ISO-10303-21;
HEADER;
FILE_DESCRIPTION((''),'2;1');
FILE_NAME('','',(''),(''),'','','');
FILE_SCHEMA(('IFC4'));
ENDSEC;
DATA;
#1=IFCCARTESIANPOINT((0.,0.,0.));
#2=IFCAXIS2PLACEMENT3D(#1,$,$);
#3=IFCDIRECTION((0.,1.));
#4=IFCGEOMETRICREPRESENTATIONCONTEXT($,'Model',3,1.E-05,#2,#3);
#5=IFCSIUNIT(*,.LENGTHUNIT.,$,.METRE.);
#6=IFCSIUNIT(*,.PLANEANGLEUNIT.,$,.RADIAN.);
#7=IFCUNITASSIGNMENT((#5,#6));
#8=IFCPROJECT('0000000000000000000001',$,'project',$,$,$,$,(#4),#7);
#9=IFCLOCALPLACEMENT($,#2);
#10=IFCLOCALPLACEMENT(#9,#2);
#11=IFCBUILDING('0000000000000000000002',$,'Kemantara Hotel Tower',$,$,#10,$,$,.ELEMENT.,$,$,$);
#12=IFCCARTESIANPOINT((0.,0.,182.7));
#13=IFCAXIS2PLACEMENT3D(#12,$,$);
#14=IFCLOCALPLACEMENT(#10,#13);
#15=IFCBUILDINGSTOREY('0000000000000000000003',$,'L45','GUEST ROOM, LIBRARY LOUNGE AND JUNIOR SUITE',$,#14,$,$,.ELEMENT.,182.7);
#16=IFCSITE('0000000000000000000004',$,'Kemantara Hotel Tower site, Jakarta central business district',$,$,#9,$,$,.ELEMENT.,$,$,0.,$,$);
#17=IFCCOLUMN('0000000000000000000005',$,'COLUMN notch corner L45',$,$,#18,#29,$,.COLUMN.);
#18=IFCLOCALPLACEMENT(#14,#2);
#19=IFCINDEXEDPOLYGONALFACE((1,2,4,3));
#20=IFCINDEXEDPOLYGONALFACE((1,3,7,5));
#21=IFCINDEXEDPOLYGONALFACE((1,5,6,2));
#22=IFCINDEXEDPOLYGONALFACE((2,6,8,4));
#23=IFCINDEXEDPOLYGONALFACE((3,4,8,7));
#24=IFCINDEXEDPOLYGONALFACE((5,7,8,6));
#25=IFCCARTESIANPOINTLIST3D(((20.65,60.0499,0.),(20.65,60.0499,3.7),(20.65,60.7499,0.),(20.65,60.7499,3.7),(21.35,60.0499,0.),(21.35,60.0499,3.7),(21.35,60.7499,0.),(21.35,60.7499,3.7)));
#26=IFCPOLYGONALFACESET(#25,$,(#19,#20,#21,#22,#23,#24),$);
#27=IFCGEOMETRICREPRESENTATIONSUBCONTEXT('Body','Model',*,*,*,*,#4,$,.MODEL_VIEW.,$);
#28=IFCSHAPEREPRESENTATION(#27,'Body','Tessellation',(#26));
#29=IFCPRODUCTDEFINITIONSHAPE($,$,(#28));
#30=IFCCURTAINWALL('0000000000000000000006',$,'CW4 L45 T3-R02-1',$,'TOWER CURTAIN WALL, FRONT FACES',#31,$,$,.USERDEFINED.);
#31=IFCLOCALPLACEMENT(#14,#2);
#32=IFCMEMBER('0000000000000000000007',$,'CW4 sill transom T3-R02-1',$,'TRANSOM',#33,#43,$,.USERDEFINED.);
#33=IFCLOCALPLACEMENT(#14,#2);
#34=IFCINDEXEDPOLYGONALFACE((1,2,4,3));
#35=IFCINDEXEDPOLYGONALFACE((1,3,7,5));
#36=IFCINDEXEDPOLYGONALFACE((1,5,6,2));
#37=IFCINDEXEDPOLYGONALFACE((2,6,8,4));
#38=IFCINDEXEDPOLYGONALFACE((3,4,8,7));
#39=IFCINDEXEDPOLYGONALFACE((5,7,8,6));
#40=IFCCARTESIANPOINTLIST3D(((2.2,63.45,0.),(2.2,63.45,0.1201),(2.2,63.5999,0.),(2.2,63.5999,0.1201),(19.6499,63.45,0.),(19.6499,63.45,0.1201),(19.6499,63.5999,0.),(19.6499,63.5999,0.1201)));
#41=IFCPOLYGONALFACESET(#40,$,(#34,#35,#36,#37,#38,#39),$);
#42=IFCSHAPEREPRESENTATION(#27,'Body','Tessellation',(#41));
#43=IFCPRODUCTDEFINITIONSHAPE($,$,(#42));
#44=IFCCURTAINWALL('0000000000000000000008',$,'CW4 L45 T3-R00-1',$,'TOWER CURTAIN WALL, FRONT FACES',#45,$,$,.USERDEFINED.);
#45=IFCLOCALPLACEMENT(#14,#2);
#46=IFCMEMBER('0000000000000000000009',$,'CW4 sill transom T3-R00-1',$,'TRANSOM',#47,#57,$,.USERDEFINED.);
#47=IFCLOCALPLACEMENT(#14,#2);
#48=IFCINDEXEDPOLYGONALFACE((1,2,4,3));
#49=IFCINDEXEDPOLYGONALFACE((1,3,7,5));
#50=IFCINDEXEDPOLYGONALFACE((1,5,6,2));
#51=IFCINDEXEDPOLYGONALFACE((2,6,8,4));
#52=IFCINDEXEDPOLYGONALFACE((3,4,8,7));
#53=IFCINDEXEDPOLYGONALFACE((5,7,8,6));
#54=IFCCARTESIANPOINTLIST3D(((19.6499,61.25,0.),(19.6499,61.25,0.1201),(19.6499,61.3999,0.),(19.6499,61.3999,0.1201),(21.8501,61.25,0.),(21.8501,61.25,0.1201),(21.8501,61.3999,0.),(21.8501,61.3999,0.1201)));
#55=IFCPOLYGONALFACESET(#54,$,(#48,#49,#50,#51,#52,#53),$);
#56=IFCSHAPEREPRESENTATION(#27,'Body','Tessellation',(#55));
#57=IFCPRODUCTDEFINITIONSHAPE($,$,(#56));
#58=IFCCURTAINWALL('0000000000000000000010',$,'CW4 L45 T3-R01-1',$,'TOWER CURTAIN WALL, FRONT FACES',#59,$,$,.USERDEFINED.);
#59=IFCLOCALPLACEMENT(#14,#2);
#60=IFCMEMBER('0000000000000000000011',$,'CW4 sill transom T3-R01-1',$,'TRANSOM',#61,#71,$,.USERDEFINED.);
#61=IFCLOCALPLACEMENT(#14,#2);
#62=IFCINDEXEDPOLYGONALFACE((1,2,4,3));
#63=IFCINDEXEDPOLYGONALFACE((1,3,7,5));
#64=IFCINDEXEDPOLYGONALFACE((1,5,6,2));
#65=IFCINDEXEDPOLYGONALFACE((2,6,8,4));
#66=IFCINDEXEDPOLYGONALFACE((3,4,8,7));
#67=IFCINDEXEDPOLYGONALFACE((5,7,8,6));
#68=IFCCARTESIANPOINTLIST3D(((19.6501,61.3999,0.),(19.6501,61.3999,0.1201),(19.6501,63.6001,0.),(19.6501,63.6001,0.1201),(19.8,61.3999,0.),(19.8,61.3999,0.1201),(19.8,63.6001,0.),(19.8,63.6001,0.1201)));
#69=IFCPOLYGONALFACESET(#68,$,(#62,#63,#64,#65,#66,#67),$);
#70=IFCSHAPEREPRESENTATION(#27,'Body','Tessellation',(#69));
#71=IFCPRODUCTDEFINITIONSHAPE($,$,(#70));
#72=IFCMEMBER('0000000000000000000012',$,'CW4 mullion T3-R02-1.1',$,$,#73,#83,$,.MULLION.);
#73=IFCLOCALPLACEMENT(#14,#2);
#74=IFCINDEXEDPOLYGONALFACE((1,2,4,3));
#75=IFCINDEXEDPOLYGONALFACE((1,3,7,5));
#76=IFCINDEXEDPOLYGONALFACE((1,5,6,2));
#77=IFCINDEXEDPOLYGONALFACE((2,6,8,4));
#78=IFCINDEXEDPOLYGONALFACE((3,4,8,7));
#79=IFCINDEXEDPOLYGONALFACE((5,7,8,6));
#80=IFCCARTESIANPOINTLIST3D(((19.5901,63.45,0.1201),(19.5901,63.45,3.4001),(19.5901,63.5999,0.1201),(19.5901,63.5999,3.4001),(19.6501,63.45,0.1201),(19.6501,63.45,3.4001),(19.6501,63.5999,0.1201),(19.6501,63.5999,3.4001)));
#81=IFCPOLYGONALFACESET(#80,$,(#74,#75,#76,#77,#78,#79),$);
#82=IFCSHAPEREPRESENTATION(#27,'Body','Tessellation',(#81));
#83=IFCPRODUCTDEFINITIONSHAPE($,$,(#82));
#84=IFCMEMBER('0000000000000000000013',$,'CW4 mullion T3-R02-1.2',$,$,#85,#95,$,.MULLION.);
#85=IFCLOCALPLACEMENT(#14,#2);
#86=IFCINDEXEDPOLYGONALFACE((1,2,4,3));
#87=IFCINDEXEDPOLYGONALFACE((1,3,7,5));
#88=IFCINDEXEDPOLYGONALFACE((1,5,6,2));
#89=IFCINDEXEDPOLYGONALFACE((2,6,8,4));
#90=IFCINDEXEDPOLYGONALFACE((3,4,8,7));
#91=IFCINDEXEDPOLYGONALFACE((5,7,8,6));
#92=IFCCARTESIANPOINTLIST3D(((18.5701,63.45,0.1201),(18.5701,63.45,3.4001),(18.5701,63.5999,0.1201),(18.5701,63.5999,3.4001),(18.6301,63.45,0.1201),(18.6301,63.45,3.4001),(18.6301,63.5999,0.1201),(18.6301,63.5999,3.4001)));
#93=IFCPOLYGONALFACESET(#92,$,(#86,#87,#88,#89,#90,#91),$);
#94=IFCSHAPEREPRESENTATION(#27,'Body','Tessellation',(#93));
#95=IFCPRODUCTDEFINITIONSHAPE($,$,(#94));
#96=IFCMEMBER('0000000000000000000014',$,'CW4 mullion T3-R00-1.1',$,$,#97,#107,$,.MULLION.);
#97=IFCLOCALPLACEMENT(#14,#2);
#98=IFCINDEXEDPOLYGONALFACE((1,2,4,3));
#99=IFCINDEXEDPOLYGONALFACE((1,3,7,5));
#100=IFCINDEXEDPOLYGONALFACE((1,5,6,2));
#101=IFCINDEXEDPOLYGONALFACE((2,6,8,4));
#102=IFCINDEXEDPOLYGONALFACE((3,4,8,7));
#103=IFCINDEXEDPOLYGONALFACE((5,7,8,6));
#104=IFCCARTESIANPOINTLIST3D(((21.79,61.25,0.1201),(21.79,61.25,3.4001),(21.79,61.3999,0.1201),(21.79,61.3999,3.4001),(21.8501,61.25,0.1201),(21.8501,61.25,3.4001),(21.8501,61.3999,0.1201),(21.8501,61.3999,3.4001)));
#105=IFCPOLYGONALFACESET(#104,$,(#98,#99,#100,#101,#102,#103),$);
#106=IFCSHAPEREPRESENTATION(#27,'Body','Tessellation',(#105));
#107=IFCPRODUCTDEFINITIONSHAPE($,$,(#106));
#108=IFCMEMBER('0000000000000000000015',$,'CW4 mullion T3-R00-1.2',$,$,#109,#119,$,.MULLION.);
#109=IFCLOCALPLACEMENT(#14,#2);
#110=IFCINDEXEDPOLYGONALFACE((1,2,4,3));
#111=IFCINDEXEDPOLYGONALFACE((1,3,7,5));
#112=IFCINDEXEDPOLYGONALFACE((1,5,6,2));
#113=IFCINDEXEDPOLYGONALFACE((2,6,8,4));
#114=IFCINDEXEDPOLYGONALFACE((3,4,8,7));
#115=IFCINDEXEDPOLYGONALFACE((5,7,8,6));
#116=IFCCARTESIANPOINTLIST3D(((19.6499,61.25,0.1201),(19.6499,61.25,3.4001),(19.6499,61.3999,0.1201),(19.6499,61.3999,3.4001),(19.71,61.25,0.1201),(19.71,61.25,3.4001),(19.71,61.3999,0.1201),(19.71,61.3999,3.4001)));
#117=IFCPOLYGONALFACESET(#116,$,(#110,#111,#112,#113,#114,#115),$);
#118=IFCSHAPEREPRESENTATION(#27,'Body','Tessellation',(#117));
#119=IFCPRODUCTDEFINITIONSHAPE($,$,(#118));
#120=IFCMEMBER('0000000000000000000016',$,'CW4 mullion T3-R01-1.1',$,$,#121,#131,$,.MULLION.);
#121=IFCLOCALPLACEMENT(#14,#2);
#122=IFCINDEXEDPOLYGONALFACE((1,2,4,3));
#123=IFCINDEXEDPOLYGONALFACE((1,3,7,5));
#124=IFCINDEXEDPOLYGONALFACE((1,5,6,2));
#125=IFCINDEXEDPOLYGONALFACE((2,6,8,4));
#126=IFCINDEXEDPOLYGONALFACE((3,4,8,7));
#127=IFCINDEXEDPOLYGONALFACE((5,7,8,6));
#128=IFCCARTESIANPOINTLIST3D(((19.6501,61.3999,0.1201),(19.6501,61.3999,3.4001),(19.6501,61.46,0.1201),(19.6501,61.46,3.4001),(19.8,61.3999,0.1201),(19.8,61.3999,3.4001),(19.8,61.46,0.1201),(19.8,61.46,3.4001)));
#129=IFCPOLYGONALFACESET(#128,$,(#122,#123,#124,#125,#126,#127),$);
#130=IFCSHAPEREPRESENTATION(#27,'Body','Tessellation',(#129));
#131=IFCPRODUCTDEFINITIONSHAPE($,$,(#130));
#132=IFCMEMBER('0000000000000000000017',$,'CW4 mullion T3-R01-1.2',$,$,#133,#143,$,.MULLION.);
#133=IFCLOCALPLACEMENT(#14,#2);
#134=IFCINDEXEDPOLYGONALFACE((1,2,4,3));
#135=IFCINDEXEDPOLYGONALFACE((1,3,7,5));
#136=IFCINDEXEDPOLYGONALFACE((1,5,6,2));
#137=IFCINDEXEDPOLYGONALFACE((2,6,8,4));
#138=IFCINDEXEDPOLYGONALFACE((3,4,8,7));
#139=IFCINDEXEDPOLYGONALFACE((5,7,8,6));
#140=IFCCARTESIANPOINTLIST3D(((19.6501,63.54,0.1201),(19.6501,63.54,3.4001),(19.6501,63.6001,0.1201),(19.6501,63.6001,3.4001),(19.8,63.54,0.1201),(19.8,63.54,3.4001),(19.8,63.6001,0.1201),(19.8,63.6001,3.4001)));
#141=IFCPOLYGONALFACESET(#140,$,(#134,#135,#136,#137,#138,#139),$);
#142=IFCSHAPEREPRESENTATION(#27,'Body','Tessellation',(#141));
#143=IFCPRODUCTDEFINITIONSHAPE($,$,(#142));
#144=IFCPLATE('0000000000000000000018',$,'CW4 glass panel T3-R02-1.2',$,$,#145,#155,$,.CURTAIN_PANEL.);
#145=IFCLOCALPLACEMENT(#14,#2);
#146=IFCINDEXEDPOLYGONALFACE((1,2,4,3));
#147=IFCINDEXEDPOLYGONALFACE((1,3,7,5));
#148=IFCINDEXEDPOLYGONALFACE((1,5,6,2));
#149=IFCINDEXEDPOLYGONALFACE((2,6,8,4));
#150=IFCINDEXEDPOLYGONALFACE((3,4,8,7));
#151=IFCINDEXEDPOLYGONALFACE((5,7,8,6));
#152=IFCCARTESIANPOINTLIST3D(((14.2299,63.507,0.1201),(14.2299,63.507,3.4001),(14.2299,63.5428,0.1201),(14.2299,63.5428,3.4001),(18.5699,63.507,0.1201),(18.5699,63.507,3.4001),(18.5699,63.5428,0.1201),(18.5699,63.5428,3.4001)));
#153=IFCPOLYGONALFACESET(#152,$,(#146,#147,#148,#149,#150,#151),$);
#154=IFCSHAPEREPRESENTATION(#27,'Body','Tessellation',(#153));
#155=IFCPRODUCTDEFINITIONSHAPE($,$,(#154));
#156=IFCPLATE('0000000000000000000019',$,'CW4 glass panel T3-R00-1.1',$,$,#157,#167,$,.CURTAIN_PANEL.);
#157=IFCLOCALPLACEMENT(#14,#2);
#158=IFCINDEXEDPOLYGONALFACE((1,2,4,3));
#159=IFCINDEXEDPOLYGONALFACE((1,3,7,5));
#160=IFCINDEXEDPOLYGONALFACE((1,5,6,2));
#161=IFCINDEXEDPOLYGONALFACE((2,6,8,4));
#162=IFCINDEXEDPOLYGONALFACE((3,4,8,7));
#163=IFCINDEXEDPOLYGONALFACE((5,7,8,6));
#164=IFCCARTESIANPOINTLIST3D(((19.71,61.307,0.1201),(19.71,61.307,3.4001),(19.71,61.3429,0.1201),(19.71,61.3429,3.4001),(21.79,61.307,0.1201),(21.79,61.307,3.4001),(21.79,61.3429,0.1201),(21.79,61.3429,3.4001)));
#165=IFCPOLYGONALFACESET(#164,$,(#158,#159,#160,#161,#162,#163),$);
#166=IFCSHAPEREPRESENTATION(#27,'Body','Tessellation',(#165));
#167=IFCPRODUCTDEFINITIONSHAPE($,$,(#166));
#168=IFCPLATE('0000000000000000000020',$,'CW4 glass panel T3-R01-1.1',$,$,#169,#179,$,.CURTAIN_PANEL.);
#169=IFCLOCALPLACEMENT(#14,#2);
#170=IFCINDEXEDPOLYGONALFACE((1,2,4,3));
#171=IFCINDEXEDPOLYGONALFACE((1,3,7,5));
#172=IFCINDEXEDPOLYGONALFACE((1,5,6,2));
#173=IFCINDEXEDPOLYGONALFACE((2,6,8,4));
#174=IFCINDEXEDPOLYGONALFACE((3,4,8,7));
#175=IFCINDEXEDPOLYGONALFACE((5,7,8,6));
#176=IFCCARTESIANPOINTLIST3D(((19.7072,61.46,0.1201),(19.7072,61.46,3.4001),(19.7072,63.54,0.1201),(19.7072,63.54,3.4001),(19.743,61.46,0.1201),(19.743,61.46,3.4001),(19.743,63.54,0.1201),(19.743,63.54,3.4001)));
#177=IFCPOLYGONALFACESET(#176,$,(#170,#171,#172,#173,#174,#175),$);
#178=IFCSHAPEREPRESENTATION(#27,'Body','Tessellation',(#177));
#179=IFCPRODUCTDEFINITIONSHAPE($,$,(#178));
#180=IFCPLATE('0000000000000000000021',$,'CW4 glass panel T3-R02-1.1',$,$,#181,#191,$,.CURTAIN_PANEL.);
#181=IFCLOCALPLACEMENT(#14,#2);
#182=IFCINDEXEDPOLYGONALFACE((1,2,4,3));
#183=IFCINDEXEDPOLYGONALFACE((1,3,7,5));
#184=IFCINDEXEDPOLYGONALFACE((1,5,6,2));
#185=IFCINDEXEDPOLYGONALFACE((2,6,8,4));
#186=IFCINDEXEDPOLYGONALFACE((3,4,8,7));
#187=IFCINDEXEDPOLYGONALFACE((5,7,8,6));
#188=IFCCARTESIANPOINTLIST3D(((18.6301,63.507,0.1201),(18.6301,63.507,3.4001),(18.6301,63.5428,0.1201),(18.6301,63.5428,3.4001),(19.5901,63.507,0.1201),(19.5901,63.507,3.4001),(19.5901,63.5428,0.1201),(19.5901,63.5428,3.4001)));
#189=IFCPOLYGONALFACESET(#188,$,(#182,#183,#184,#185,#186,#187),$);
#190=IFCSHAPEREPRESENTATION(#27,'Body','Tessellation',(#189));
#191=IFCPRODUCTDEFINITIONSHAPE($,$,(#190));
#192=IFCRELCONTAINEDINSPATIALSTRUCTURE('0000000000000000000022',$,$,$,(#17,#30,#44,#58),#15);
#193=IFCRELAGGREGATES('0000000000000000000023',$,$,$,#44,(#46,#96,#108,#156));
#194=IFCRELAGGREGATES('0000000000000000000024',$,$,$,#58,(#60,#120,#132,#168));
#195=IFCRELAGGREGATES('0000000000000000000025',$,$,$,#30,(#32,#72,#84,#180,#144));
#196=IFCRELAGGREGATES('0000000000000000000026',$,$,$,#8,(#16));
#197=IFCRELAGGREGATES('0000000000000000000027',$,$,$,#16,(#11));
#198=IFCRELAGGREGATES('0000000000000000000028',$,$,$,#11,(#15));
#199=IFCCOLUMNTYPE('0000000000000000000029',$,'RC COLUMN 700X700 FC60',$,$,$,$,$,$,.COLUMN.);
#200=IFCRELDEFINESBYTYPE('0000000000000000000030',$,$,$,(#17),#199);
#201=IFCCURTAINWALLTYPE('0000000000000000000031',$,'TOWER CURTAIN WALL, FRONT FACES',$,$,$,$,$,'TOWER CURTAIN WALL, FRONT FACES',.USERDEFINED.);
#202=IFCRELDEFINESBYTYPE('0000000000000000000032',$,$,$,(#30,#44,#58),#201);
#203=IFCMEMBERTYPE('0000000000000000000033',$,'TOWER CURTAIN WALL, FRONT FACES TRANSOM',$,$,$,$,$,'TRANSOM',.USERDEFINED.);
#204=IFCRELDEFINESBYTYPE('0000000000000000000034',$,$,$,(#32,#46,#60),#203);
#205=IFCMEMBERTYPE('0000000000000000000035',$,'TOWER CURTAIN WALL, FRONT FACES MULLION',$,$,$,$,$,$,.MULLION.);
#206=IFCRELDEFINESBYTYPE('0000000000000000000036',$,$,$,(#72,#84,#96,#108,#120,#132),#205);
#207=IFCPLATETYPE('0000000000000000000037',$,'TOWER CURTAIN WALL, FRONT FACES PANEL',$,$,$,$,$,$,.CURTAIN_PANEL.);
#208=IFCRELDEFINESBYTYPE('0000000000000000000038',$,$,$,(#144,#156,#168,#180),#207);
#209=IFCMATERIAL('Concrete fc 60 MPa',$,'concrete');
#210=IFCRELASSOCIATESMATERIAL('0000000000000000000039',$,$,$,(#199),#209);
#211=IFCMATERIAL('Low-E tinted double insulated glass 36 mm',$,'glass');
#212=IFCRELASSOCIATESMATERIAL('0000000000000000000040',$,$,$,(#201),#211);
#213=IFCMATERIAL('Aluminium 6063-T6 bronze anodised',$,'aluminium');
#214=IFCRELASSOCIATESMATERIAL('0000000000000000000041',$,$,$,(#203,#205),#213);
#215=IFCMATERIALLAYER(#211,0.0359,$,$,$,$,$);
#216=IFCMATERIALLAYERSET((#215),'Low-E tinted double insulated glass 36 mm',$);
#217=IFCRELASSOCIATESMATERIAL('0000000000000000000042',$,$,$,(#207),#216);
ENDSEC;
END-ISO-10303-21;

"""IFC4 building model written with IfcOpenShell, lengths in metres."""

from ifc_helpers import new_model, si_unit, direction, frame, origin, origin_2d, place, context, subcontext, project, spatial, rectangle, extrude, source, transform, mapped, material, layer, layer_set, material_profile, profile_set, type_object, element, aggregate, save


model = new_model("IFC4")

# Units and contexts
model_context = context("Model", 3, precision=1e-05, world=origin(), true_north=direction((0.0, 1.0)))
body_context = subcontext(model_context, "Body", "Model", "MODEL_VIEW")
ifc_project = project(units=[si_unit("LENGTHUNIT", "METRE"), si_unit("PLANEANGLEUNIT", "RADIAN")], contexts=[model_context])

# Site, building, storey
site_placement = place(None, origin())
site = spatial("IfcSite", under=ifc_project, at=site_placement, Name="Kemantara Hotel Tower site, Jakarta central business district", CompositionType="ELEMENT", RefElevation=0.0)
building_placement = place(site_placement, origin())
building = spatial("IfcBuilding", under=site, at=building_placement, Name="Kemantara Hotel Tower", CompositionType="ELEMENT")
storey_placement = place(building_placement, frame((0.0, 0.0, 182.7)))
storey = spatial("IfcBuildingStorey", under=building, at=storey_placement, Name="L45", Description="GUEST ROOM, LIBRARY LOUNGE AND JUNIOR SUITE", CompositionType="ELEMENT", Elevation=182.7)

# Column
ifc_material_1 = material(Name="Concrete fc 60 MPa", Category="concrete")
ifc_material_profile_1 = material_profile(ifc_material_1, rectangle(XDim=0.7, YDim=0.7, at=origin_2d()), Name="RC 700X700")
ifc_profile_set_1 = profile_set([ifc_material_profile_1], Name="Concrete fc 60 MPa")
column_type = type_object("IfcColumnType", Name="RC COLUMN 700X700 FC60", PredefinedType="COLUMN", material=ifc_profile_set_1)
column_placement = place(storey_placement, frame((21.0, 60.3999, 0.0), z_axis=(0.0, 0.0, 1.0), x_axis=(1.0, 0.0, 0.0)))
element("IfcColumn", 1, at=column_placement, inside=storey, type_object=column_type, Name="COLUMN notch corner L45", PredefinedType="COLUMN", context=body_context, shape_type="SweptSolid", body=[
    extrude(rectangle(XDim=0.7, YDim=0.7, at=origin_2d()), origin(), (0.0, 0.0, 1.0), 3.7),
])

# Curtain walls, members
ifc_material_2 = material(Name="Low-E tinted double insulated glass 36 mm", Category="glass")
curtain_wall_type = type_object("IfcCurtainWallType", Name="TOWER CURTAIN WALL, FRONT FACES", ElementType="TOWER CURTAIN WALL, FRONT FACES", PredefinedType="USERDEFINED", material=ifc_material_2)
curtain_wall_1_placement = place(storey_placement, origin())
curtain_wall_1 = element("IfcCurtainWall", 2, at=curtain_wall_1_placement, inside=storey, type_object=curtain_wall_type, Name="CW4 L45 T3-R02-1", ObjectType="TOWER CURTAIN WALL, FRONT FACES", PredefinedType="USERDEFINED")
ifc_material_3 = material(Name="Aluminium 6063-T6 bronze anodised", Category="aluminium")
ifc_material_profile_2 = material_profile(ifc_material_3, rectangle(XDim=0.1499, YDim=0.1201, at=origin_2d()), Name="TOWER CURTAIN WALL, FRONT FACES TRANSOM")
ifc_profile_set_2 = profile_set([ifc_material_profile_2], Name="Aluminium 6063-T6 bronze anodised")
member_type_1 = type_object("IfcMemberType", Name="TOWER CURTAIN WALL, FRONT FACES TRANSOM", ElementType="TRANSOM", PredefinedType="USERDEFINED", material=ifc_profile_set_2)
member_1_placement = place(storey_placement, frame((19.6499, 63.5249, 0.0601), z_axis=(-1.0, 0.0, 0.0), x_axis=(0.0, -1.0, 0.0)))
member_1 = element("IfcMember", 3, at=member_1_placement, type_object=member_type_1, Name="CW4 sill transom T3-R02-1", ObjectType="TRANSOM", PredefinedType="USERDEFINED", context=body_context, shape_type="SweptSolid", body=[
    extrude(rectangle(XDim=0.1499, YDim=0.1201, at=origin_2d()), origin(), (0.0, 0.0, 1.0), 17.45),
])
curtain_wall_2_placement = place(storey_placement, origin())
curtain_wall_2 = element("IfcCurtainWall", 4, at=curtain_wall_2_placement, inside=storey, type_object=curtain_wall_type, Name="CW4 L45 T3-R00-1", ObjectType="TOWER CURTAIN WALL, FRONT FACES", PredefinedType="USERDEFINED")
member_2_placement = place(storey_placement, frame((21.8501, 61.325, 0.0601), z_axis=(-1.0, 0.0, 0.0), x_axis=(0.0, -1.0, 0.0)))
member_2 = element("IfcMember", 5, at=member_2_placement, type_object=member_type_1, Name="CW4 sill transom T3-R00-1", ObjectType="TRANSOM", PredefinedType="USERDEFINED", context=body_context, shape_type="SweptSolid", body=[
    extrude(rectangle(XDim=0.1499, YDim=0.1201, at=origin_2d()), origin(), (0.0, 0.0, 1.0), 2.2002),
])
curtain_wall_3_placement = place(storey_placement, origin())
curtain_wall_3 = element("IfcCurtainWall", 6, at=curtain_wall_3_placement, inside=storey, type_object=curtain_wall_type, Name="CW4 L45 T3-R01-1", ObjectType="TOWER CURTAIN WALL, FRONT FACES", PredefinedType="USERDEFINED")
member_3_placement = place(storey_placement, frame((19.7251, 61.3999, 0.0601), z_axis=(0.0, 1.0, 0.0), x_axis=(-1.0, 0.0, 0.0)))
member_3 = element("IfcMember", 7, at=member_3_placement, type_object=member_type_1, Name="CW4 sill transom T3-R01-1", ObjectType="TRANSOM", PredefinedType="USERDEFINED", context=body_context, shape_type="SweptSolid", body=[
    extrude(rectangle(XDim=0.1499, YDim=0.1201, at=origin_2d()), origin(), (0.0, 0.0, 1.0), 2.2002),
])

# Members
ifc_material_profile_3 = material_profile(ifc_material_3, rectangle(XDim=0.1499, YDim=0.0601, at=origin_2d()), Name="TOWER CURTAIN WALL, FRONT FACES MULLION")
ifc_profile_set_3 = profile_set([ifc_material_profile_3], Name="Aluminium 6063-T6 bronze anodised")
member_type_2 = type_object("IfcMemberType", Name="TOWER CURTAIN WALL, FRONT FACES MULLION", PredefinedType="MULLION", material=ifc_profile_set_3)
shared_shape_1 = source(origin(), body_context, "Body", "SweptSolid", [
    extrude(rectangle(XDim=0.1499, YDim=0.0601, at=origin_2d()), origin(), (0.0, 0.0, 1.0), 3.28),
])
member_4_placement = place(storey_placement, frame((19.6201, 63.5249, 0.1201), z_axis=(0.0, 0.0, 1.0), x_axis=(0.0, -1.0, 0.0)))
member_4 = element("IfcMember", 8, at=member_4_placement, type_object=member_type_2, Name="CW4 mullion T3-R02-1.1", PredefinedType="MULLION", context=body_context, shape_type="MappedRepresentation", body=[
    mapped(shared_shape_1, transform((0.0, 0.0, 0.0))),
])
member_5_placement = place(storey_placement, frame((18.6001, 63.5249, 0.1201), z_axis=(0.0, 0.0, 1.0), x_axis=(0.0, -1.0, 0.0)))
member_5 = element("IfcMember", 9, at=member_5_placement, type_object=member_type_2, Name="CW4 mullion T3-R02-1.2", PredefinedType="MULLION", context=body_context, shape_type="MappedRepresentation", body=[
    mapped(shared_shape_1, transform((0.0, 0.0, 0.0))),
])
member_6_placement = place(storey_placement, frame((21.8201, 61.325, 0.1201), z_axis=(0.0, 0.0, 1.0), x_axis=(0.0, -1.0, 0.0)))
member_6 = element("IfcMember", 10, at=member_6_placement, type_object=member_type_2, Name="CW4 mullion T3-R00-1.1", PredefinedType="MULLION", context=body_context, shape_type="MappedRepresentation", body=[
    mapped(shared_shape_1, transform((0.0, 0.0, 0.0))),
])
member_7_placement = place(storey_placement, frame((19.6799, 61.325, 0.1201), z_axis=(0.0, 0.0, 1.0), x_axis=(0.0, -1.0, 0.0)))
member_7 = element("IfcMember", 11, at=member_7_placement, type_object=member_type_2, Name="CW4 mullion T3-R00-1.2", PredefinedType="MULLION", context=body_context, shape_type="MappedRepresentation", body=[
    mapped(shared_shape_1, transform((0.0, 0.0, 0.0))),
])
member_8_placement = place(storey_placement, frame((19.7251, 61.4299, 0.1201), z_axis=(0.0, 0.0, 1.0), x_axis=(-1.0, 0.0, 0.0)))
member_8 = element("IfcMember", 12, at=member_8_placement, type_object=member_type_2, Name="CW4 mullion T3-R01-1.1", PredefinedType="MULLION", context=body_context, shape_type="MappedRepresentation", body=[
    mapped(shared_shape_1, transform((0.0, 0.0, 0.0))),
])
member_9_placement = place(storey_placement, frame((19.7251, 63.5701, 0.1201), z_axis=(0.0, 0.0, 1.0), x_axis=(-1.0, 0.0, 0.0)))
member_9 = element("IfcMember", 13, at=member_9_placement, type_object=member_type_2, Name="CW4 mullion T3-R01-1.2", PredefinedType="MULLION", context=body_context, shape_type="MappedRepresentation", body=[
    mapped(shared_shape_1, transform((0.0, 0.0, 0.0))),
])

# Plates
ifc_layer_1 = layer(ifc_material_2, 0.0359)
ifc_layer_set_1 = layer_set([ifc_layer_1], Name="Low-E tinted double insulated glass 36 mm")
plate_type = type_object("IfcPlateType", Name="TOWER CURTAIN WALL, FRONT FACES PANEL", PredefinedType="CURTAIN_PANEL", material=ifc_layer_set_1)
shared_shape_2 = source(origin(), body_context, "Body", "SweptSolid", [
    extrude(rectangle(XDim=4.3401, YDim=0.0359, at=origin_2d()), origin(), (0.0, 0.0, 1.0), 3.28),
])
plate_1_placement = place(storey_placement, frame((16.3999, 63.5249, 0.1201), z_axis=(0.0, 0.0, 1.0), x_axis=(-1.0, 0.0, 0.0)))
plate_1 = element("IfcPlate", 14, at=plate_1_placement, type_object=plate_type, Name="CW4 glass panel T3-R02-1.2", PredefinedType="CURTAIN_PANEL", context=body_context, shape_type="MappedRepresentation", body=[
    mapped(shared_shape_2, transform((0.0, 0.0, 0.0))),
])
shared_shape_3 = source(origin(), body_context, "Body", "SweptSolid", [
    extrude(rectangle(XDim=2.0801, YDim=0.0359, at=origin_2d()), origin(), (0.0, 0.0, 1.0), 3.28),
])
plate_2_placement = place(storey_placement, frame((20.75, 61.325, 0.1201), z_axis=(0.0, 0.0, 1.0), x_axis=(-1.0, 0.0, 0.0)))
plate_2 = element("IfcPlate", 15, at=plate_2_placement, type_object=plate_type, Name="CW4 glass panel T3-R00-1.1", PredefinedType="CURTAIN_PANEL", context=body_context, shape_type="MappedRepresentation", body=[
    mapped(shared_shape_3, transform((0.0, 0.0, 0.0))),
])
aggregate(curtain_wall_2, [member_2, member_6, member_7, plate_2])
plate_3_placement = place(storey_placement, frame((19.7251, 62.5, 0.1201), z_axis=(0.0, 0.0, 1.0), x_axis=(0.0, 1.0, 0.0)))
plate_3 = element("IfcPlate", 16, at=plate_3_placement, type_object=plate_type, Name="CW4 glass panel T3-R01-1.1", PredefinedType="CURTAIN_PANEL", context=body_context, shape_type="MappedRepresentation", body=[
    mapped(shared_shape_3, transform((0.0, 0.0, 0.0))),
])
aggregate(curtain_wall_3, [member_3, member_8, member_9, plate_3])
shared_shape_4 = source(origin(), body_context, "Body", "SweptSolid", [
    extrude(rectangle(XDim=0.96, YDim=0.0359, at=origin_2d()), origin(), (0.0, 0.0, 1.0), 3.28),
])
plate_4_placement = place(storey_placement, frame((19.1101, 63.5249, 0.1201), z_axis=(0.0, 0.0, 1.0), x_axis=(-1.0, 0.0, 0.0)))
plate_4 = element("IfcPlate", 17, at=plate_4_placement, type_object=plate_type, Name="CW4 glass panel T3-R02-1.1", PredefinedType="CURTAIN_PANEL", context=body_context, shape_type="MappedRepresentation", body=[
    mapped(shared_shape_4, transform((0.0, 0.0, 0.0))),
])
aggregate(curtain_wall_1, [member_1, member_4, member_5, plate_4, plate_1])

save(model, "model.ifc")
